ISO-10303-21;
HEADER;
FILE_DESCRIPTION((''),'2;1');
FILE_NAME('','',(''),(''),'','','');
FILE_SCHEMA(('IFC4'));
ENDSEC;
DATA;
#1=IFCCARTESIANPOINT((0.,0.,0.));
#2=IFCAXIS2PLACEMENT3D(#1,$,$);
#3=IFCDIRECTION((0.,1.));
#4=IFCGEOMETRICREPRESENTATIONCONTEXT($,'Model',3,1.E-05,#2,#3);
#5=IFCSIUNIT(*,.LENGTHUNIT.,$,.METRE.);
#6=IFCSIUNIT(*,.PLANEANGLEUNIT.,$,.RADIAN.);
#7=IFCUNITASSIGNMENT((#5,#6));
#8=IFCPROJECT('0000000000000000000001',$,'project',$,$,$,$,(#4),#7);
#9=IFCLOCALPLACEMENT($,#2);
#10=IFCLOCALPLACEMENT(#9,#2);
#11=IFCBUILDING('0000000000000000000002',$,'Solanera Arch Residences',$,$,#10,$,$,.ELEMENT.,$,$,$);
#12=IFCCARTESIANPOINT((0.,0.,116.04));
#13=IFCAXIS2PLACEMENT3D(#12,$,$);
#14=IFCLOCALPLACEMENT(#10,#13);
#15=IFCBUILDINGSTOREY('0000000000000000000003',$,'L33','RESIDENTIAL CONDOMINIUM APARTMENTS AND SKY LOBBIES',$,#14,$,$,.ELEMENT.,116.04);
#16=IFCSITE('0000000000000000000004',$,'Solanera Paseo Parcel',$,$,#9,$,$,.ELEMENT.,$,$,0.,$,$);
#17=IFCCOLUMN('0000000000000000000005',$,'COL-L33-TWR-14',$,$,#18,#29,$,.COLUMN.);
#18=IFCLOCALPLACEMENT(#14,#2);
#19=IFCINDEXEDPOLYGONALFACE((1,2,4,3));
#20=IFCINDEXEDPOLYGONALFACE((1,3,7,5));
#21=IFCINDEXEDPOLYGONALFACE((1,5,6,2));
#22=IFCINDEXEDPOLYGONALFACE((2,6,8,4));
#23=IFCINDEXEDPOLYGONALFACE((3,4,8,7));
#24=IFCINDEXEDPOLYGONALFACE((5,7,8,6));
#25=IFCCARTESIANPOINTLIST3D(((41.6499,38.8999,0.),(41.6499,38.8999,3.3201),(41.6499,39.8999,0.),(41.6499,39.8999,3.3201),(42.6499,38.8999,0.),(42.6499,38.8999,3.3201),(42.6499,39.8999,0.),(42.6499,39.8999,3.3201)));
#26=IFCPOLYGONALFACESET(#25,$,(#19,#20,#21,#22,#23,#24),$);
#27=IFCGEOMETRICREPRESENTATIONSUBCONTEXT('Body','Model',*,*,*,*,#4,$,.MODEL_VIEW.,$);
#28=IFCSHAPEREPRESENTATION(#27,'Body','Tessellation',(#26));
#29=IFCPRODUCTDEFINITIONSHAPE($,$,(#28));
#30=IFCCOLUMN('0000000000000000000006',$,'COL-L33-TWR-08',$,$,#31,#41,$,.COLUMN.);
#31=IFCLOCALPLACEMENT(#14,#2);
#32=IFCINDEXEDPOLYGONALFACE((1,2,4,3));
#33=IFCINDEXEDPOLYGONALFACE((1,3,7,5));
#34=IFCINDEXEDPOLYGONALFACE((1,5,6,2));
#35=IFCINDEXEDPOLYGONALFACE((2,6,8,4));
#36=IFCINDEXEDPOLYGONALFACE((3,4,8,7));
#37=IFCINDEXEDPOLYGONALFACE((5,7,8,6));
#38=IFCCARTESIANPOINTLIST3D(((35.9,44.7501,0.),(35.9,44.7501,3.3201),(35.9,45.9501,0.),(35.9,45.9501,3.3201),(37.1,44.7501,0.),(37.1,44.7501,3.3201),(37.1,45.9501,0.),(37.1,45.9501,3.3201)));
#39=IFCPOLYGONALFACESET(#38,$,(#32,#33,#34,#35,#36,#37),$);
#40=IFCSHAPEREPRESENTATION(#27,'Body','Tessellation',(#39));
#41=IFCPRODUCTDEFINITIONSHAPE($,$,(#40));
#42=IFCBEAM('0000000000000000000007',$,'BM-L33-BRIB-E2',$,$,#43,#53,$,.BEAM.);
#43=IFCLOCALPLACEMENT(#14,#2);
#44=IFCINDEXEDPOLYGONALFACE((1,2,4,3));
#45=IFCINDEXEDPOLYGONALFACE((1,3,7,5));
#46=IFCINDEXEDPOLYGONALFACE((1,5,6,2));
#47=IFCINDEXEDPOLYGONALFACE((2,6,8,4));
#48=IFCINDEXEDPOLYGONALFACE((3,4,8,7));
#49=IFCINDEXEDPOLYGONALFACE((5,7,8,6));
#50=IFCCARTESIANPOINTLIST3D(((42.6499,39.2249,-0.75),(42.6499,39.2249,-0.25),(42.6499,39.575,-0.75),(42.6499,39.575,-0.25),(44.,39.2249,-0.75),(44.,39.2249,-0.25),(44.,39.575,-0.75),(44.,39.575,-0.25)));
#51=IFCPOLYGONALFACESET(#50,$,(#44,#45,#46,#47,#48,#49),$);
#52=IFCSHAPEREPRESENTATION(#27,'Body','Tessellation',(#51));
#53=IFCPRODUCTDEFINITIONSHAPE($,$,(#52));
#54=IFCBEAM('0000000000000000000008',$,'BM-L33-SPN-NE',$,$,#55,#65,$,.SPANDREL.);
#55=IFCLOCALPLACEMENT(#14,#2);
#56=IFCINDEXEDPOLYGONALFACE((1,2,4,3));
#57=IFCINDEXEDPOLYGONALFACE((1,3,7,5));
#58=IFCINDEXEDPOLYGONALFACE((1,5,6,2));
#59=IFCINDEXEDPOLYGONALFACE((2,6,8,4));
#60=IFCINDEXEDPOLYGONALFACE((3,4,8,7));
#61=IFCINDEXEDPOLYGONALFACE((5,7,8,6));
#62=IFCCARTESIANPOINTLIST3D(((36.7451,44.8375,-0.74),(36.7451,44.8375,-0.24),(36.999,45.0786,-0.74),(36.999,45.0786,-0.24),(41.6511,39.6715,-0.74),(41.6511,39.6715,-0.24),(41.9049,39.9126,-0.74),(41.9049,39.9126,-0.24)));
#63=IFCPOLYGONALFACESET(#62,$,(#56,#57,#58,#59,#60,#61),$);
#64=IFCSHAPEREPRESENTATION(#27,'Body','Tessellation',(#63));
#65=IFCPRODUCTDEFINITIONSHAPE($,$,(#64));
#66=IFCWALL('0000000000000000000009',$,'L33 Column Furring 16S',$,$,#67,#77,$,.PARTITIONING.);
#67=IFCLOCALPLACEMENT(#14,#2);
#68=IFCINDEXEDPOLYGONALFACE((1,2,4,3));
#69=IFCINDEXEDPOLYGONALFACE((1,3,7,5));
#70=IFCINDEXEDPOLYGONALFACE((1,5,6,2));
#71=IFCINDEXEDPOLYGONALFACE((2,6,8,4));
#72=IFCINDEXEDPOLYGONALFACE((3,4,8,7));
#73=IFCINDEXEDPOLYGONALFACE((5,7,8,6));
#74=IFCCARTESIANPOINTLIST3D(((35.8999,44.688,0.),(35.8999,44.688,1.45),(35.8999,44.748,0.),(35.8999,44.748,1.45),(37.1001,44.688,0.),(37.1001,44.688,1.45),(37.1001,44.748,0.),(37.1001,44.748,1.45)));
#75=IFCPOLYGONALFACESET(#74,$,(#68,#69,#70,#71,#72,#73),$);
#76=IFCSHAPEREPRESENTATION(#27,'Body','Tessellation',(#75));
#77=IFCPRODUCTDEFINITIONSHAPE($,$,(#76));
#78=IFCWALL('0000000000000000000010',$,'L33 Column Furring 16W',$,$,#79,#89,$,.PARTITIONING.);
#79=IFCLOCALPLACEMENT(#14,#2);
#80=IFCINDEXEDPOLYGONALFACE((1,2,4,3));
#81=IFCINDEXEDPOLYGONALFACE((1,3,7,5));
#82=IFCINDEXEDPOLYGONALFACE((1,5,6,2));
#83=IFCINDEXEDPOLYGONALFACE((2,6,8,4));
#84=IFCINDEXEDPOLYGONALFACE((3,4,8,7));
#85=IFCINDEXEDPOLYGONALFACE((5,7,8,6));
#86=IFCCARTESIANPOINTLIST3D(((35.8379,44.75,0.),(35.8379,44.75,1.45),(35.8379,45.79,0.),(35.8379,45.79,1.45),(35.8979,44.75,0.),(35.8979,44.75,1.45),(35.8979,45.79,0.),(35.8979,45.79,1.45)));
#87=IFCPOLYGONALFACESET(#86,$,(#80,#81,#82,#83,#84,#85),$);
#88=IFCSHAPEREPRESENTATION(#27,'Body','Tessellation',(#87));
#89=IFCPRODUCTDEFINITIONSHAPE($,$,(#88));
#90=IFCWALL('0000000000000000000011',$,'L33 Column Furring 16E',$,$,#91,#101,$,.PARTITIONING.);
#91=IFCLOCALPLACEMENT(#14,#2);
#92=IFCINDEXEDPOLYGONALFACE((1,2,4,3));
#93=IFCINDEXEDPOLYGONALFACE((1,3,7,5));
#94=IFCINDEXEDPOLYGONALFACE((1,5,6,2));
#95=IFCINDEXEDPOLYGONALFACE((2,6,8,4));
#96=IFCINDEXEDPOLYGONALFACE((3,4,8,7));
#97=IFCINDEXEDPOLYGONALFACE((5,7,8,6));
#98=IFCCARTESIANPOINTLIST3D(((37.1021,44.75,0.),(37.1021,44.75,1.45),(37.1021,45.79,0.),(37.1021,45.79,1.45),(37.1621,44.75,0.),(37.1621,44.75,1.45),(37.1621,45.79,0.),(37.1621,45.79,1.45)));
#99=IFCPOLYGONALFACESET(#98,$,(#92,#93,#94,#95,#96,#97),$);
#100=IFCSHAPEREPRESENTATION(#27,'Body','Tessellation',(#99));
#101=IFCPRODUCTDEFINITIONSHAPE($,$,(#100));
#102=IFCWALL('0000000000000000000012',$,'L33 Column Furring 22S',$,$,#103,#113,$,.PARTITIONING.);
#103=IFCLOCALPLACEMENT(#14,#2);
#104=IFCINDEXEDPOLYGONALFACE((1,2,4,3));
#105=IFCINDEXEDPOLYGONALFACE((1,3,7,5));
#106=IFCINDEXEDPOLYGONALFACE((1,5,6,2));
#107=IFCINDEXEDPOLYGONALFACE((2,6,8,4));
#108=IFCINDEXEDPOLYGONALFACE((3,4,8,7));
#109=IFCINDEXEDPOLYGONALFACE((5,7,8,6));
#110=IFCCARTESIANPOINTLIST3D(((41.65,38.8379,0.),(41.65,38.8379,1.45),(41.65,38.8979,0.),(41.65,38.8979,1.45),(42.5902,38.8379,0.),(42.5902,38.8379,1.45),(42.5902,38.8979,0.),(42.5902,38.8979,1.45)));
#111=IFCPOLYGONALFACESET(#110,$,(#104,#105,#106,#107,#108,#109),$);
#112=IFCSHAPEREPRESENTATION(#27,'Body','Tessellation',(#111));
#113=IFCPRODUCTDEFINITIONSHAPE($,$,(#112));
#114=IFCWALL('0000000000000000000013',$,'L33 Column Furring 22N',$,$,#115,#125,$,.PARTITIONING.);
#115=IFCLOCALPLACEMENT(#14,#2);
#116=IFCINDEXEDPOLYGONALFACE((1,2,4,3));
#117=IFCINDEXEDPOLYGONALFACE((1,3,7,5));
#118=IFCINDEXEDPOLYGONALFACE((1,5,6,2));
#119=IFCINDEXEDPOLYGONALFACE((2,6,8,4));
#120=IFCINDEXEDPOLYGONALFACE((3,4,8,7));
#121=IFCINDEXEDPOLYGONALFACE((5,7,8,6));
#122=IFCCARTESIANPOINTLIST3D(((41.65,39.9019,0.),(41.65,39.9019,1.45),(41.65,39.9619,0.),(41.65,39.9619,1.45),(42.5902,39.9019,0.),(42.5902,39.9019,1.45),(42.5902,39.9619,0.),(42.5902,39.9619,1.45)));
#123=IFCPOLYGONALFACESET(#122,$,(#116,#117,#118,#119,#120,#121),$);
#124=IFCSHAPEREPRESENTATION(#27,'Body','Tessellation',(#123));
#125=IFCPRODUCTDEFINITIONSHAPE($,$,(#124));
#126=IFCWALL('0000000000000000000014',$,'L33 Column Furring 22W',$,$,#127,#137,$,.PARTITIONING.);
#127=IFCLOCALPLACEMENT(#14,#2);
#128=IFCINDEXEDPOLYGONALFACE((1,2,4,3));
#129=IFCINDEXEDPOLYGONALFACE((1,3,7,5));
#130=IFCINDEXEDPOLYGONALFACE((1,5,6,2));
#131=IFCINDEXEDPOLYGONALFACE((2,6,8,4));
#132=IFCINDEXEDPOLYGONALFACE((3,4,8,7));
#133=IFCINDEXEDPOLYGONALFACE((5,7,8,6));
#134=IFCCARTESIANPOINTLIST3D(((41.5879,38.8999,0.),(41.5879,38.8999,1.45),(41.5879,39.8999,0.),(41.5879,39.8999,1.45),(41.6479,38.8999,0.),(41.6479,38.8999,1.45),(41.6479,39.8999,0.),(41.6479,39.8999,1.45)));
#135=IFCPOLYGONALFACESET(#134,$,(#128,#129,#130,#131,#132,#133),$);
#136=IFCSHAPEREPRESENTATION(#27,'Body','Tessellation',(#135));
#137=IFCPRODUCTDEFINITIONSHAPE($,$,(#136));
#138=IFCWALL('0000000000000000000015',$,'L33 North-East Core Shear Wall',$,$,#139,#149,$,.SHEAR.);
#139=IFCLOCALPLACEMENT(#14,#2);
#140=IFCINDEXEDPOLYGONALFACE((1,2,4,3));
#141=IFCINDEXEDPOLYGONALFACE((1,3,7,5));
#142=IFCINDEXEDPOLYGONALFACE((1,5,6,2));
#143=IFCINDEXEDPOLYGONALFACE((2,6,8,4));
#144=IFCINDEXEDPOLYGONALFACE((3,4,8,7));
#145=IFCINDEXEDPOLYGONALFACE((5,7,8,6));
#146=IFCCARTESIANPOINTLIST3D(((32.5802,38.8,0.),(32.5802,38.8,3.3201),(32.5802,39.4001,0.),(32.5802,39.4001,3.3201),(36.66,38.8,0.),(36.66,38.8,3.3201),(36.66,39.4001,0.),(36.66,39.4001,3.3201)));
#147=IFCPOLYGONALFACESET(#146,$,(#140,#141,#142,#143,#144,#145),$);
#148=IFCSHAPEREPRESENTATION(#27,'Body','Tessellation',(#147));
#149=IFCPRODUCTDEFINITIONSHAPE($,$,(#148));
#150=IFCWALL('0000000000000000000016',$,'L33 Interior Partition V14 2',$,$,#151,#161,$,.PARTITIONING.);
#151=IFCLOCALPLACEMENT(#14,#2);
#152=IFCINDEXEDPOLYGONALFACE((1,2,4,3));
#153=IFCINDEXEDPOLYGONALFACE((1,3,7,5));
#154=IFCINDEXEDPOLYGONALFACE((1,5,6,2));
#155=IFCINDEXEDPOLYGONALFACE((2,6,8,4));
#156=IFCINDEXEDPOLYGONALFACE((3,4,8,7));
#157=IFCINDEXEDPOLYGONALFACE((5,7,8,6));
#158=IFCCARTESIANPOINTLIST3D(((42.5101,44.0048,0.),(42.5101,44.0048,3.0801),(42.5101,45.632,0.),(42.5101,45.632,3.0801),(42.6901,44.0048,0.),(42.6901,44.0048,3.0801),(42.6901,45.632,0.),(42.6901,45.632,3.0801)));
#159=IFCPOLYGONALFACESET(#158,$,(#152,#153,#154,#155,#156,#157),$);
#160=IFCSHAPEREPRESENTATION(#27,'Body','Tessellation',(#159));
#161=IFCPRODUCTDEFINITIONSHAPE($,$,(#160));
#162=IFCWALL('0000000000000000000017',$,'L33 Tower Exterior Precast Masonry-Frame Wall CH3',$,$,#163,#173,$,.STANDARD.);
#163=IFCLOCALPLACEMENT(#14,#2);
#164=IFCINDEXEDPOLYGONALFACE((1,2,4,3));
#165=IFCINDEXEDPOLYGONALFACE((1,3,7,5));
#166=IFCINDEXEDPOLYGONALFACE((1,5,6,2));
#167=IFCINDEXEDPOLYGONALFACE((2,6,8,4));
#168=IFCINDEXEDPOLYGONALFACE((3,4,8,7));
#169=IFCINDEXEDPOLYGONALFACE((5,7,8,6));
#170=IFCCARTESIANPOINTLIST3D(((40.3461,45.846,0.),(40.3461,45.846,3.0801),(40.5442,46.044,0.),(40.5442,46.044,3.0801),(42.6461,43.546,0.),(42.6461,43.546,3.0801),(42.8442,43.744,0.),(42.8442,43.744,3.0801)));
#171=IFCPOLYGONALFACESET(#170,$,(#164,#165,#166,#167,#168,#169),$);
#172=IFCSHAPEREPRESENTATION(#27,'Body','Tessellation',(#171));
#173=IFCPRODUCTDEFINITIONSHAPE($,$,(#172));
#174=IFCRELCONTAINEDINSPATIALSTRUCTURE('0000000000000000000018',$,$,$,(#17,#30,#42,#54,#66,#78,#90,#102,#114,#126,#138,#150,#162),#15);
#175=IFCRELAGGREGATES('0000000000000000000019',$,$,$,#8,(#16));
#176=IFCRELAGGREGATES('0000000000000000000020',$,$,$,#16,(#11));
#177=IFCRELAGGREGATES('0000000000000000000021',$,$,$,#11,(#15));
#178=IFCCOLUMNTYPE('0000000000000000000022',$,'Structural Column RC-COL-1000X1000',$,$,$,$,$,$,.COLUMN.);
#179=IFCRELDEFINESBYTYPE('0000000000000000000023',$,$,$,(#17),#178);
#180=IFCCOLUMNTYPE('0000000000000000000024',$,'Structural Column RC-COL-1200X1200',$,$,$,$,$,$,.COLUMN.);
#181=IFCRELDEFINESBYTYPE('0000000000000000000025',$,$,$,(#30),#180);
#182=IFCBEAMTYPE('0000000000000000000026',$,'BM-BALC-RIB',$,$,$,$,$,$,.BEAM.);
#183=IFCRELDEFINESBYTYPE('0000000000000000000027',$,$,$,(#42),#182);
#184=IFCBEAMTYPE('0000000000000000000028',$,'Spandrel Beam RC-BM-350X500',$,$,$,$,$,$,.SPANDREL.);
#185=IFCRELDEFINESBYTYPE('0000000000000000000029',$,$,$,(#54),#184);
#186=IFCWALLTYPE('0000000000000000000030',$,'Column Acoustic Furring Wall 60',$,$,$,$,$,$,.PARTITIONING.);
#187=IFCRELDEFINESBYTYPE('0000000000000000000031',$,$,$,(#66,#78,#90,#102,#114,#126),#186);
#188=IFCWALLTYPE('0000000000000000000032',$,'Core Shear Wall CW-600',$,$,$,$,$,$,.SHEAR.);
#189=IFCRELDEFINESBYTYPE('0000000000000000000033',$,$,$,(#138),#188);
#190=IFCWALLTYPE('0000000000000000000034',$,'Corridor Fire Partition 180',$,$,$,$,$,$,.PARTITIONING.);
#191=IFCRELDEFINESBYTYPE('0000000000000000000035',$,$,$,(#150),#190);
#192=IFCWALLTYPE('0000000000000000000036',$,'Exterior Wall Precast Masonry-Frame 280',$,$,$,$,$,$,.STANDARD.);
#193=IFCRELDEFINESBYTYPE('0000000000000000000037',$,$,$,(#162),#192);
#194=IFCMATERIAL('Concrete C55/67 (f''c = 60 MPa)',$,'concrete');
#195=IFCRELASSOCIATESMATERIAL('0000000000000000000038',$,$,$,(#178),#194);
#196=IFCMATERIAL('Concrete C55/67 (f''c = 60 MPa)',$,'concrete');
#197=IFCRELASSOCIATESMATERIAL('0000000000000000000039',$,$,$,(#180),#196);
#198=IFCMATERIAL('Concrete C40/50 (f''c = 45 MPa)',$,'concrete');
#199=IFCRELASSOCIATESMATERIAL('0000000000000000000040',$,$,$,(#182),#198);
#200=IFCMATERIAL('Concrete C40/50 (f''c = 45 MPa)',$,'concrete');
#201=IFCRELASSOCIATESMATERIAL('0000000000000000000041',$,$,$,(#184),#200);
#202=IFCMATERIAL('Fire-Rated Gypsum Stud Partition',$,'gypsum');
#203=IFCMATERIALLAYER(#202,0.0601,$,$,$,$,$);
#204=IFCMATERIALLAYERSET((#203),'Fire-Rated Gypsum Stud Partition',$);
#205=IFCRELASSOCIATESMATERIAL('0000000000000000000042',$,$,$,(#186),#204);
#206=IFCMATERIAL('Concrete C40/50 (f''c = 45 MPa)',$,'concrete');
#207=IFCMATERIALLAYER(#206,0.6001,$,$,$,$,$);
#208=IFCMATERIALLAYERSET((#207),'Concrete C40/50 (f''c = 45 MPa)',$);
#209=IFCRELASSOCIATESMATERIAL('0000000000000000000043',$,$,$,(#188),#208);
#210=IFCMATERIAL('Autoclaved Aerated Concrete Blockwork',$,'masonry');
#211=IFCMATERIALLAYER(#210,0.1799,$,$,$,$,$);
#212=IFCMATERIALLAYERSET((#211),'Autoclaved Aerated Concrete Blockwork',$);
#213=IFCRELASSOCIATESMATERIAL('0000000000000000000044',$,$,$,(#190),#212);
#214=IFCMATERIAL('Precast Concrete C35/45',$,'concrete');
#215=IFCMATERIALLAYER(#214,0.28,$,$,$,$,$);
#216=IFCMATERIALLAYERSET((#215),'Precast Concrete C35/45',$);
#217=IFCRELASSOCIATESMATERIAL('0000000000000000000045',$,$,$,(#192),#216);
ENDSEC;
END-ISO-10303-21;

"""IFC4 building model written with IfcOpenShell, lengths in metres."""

from ifc_helpers import new_model, si_unit, direction, frame, frame_2d, origin, origin_2d, place, context, subcontext, project, spatial, rectangle, extrude, material, layer, layer_set, material_profile, profile_set, type_object, element, save


model = new_model("IFC4")

# Units and contexts
model_context = context("Model", 3, precision=1e-05, world=origin(), true_north=direction((0.0, 1.0)))
body_context = subcontext(model_context, "Body", "Model", "MODEL_VIEW")
ifc_project = project(units=[si_unit("LENGTHUNIT", "METRE"), si_unit("PLANEANGLEUNIT", "RADIAN")], contexts=[model_context])

# Site, building, storey
site_placement = place(None, origin())
site = spatial("IfcSite", under=ifc_project, at=site_placement, Name="Solanera Paseo Parcel", CompositionType="ELEMENT", RefElevation=0.0)
building_placement = place(site_placement, origin())
building = spatial("IfcBuilding", under=site, at=building_placement, Name="Solanera Arch Residences", CompositionType="ELEMENT")
storey_placement = place(building_placement, frame((0.0, 0.0, 116.04)))
storey = spatial("IfcBuildingStorey", under=building, at=storey_placement, Name="L33", Description="RESIDENTIAL CONDOMINIUM APARTMENTS AND SKY LOBBIES", CompositionType="ELEMENT", Elevation=116.04)

# Columns
ifc_material_1 = material(Name="Concrete C55/67 (f'c = 60 MPa)", Category="concrete")
ifc_material_profile_1 = material_profile(ifc_material_1, rectangle(XDim=1.0, YDim=1.0, at=origin_2d()))
ifc_profile_set_1 = profile_set([ifc_material_profile_1], Name="Concrete C55/67 (f'c = 60 MPa)")
column_type_1 = type_object("IfcColumnType", Name="Structural Column RC-COL-1000X1000", PredefinedType="COLUMN", material=ifc_profile_set_1)
column_1_placement = place(storey_placement, frame((42.1499, 39.3999, 0.0), z_axis=(0.0, 0.0, 1.0), x_axis=(1.0, 0.0, 0.0)))
element("IfcColumn", 1, at=column_1_placement, inside=storey, type_object=column_type_1, Name="COL-L33-TWR-14", PredefinedType="COLUMN", context=body_context, shape_type="SweptSolid", body=[
    extrude(rectangle(XDim=1.0, YDim=1.0, at=origin_2d()), origin(), (0.0, 0.0, 1.0), 3.3201),
])
ifc_material_2 = material(Name="Concrete C55/67 (f'c = 60 MPa)", Category="concrete")
ifc_material_profile_2 = material_profile(ifc_material_2, rectangle(XDim=1.2, YDim=1.2, at=origin_2d()))
ifc_profile_set_2 = profile_set([ifc_material_profile_2], Name="Concrete C55/67 (f'c = 60 MPa)")
column_type_2 = type_object("IfcColumnType", Name="Structural Column RC-COL-1200X1200", PredefinedType="COLUMN", material=ifc_profile_set_2)
column_2_placement = place(storey_placement, frame((36.5, 45.3501, 0.0), z_axis=(0.0, 0.0, 1.0), x_axis=(1.0, 0.0, 0.0)))
element("IfcColumn", 2, at=column_2_placement, inside=storey, type_object=column_type_2, Name="COL-L33-TWR-08", PredefinedType="COLUMN", context=body_context, shape_type="SweptSolid", body=[
    extrude(rectangle(XDim=1.2, YDim=1.2, at=origin_2d()), origin(), (0.0, 0.0, 1.0), 3.3201),
])

# Beams
ifc_material_3 = material(Name="Concrete C40/50 (f'c = 45 MPa)", Category="concrete")
ifc_material_profile_3 = material_profile(ifc_material_3, rectangle(XDim=0.3501, YDim=0.5, at=origin_2d()))
ifc_profile_set_3 = profile_set([ifc_material_profile_3], Name="Concrete C40/50 (f'c = 45 MPa)")
beam_type_1 = type_object("IfcBeamType", Name="BM-BALC-RIB", PredefinedType="BEAM", material=ifc_profile_set_3)
beam_1_placement = place(storey_placement, frame((42.6499, 39.3999, -0.5), z_axis=(1.0, 0.0, 0.0), x_axis=(0.0, 1.0, 0.0)))
element("IfcBeam", 3, at=beam_1_placement, inside=storey, type_object=beam_type_1, Name="BM-L33-BRIB-E2", PredefinedType="BEAM", context=body_context, shape_type="SweptSolid", body=[
    extrude(rectangle(XDim=0.3501, YDim=0.5, at=origin_2d()), origin(), (0.0, 0.0, 1.0), 1.3501),
])
ifc_material_4 = material(Name="Concrete C40/50 (f'c = 45 MPa)", Category="concrete")
ifc_material_profile_4 = material_profile(ifc_material_4, rectangle(XDim=0.3501, YDim=0.5, at=origin_2d()))
ifc_profile_set_4 = profile_set([ifc_material_profile_4], Name="Concrete C40/50 (f'c = 45 MPa)")
beam_type_2 = type_object("IfcBeamType", Name="Spandrel Beam RC-BM-350X500", PredefinedType="SPANDREL", material=ifc_profile_set_4)
beam_2_placement = place(storey_placement, frame((36.8721, 44.958, -0.49), z_axis=(0.688623, -0.725119, 0.0), x_axis=(0.725119, 0.688623, 0.0)))
element("IfcBeam", 4, at=beam_2_placement, inside=storey, type_object=beam_type_2, Name="BM-L33-SPN-NE", PredefinedType="SPANDREL", context=body_context, shape_type="SweptSolid", body=[
    extrude(rectangle(XDim=0.3501, YDim=0.5, at=origin_2d()), origin(), (0.0, 0.0, 1.0), 7.1243),
])

# Walls
ifc_material_5 = material(Name="Fire-Rated Gypsum Stud Partition", Category="gypsum")
ifc_layer_1 = layer(ifc_material_5, 0.0601)
ifc_layer_set_1 = layer_set([ifc_layer_1], Name="Fire-Rated Gypsum Stud Partition")
wall_type_1 = type_object("IfcWallType", Name="Column Acoustic Furring Wall 60", PredefinedType="PARTITIONING", material=ifc_layer_set_1)
wall_1_placement = place(storey_placement, frame((35.8999, 44.718, 0.0), z_axis=(0.0, 0.0, 1.0), x_axis=(1.0, 0.0, 0.0)))
element("IfcWall", 5, at=wall_1_placement, inside=storey, type_object=wall_type_1, Name="L33 Column Furring 16S", PredefinedType="PARTITIONING", context=body_context, shape_type="SweptSolid", body=[
    extrude(rectangle(XDim=1.2002, YDim=0.0601, at=frame_2d((0.6001, 0.0))), origin(), (0.0, 0.0, 1.0), 1.45),
])
for number, where, z_axis, x_axis, name in (
    (6, (35.8679, 44.75, 0.0), (0.0, 0.0, 1.0), (0.0, 1.0, 0.0), "L33 Column Furring 16W"),
    (7, (37.1321, 44.75, 0.0), (0.0, 0.0, 1.0), (0.0, 1.0, 0.0), "L33 Column Furring 16E"),
):
    element("IfcWall", number, at=place(storey_placement, frame(where, z_axis=z_axis, x_axis=x_axis)), inside=storey, type_object=wall_type_1, Name=name, PredefinedType="PARTITIONING", context=body_context, shape_type="SweptSolid", body=[
        extrude(rectangle(XDim=1.04, YDim=0.0601, at=frame_2d((0.52, 0.0))), origin(), (0.0, 0.0, 1.0), 1.45),
    ])
for number, where, z_axis, x_axis, name in (
    (8, (41.6499, 38.8679, 0.0), (0.0, 0.0, 1.0), (1.0, 0.0, 0.0), "L33 Column Furring 22S"),
    (9, (41.6499, 39.9319, 0.0), (0.0, 0.0, 1.0), (1.0, 0.0, 0.0), "L33 Column Furring 22N"),
):
    element("IfcWall", number, at=place(storey_placement, frame(where, z_axis=z_axis, x_axis=x_axis)), inside=storey, type_object=wall_type_1, Name=name, PredefinedType="PARTITIONING", context=body_context, shape_type="SweptSolid", body=[
        extrude(rectangle(XDim=0.9402, YDim=0.0601, at=frame_2d((0.4702, 0.0))), origin(), (0.0, 0.0, 1.0), 1.45),
    ])
wall_2_placement = place(storey_placement, frame((41.6179, 38.8999, 0.0), z_axis=(0.0, 0.0, 1.0), x_axis=(0.0, 1.0, 0.0)))
element("IfcWall", 10, at=wall_2_placement, inside=storey, type_object=wall_type_1, Name="L33 Column Furring 22W", PredefinedType="PARTITIONING", context=body_context, shape_type="SweptSolid", body=[
    extrude(rectangle(XDim=1.0, YDim=0.0601, at=frame_2d((0.5, 0.0))), origin(), (0.0, 0.0, 1.0), 1.45),
])
ifc_material_6 = material(Name="Concrete C40/50 (f'c = 45 MPa)", Category="concrete")
ifc_layer_2 = layer(ifc_material_6, 0.6001)
ifc_layer_set_2 = layer_set([ifc_layer_2], Name="Concrete C40/50 (f'c = 45 MPa)")
wall_type_2 = type_object("IfcWallType", Name="Core Shear Wall CW-600", PredefinedType="SHEAR", material=ifc_layer_set_2)
wall_3_placement = place(storey_placement, frame((32.5801, 39.1001, 0.0), z_axis=(0.0, 0.0, 1.0), x_axis=(1.0, 0.0, 0.0)))
element("IfcWall", 11, at=wall_3_placement, inside=storey, type_object=wall_type_2, Name="L33 North-East Core Shear Wall", PredefinedType="SHEAR", context=body_context, shape_type="SweptSolid", body=[
    extrude(rectangle(XDim=4.0798, YDim=0.6001, at=frame_2d((2.04, 0.0))), origin(), (0.0, 0.0, 1.0), 3.3201),
])
ifc_material_7 = material(Name="Autoclaved Aerated Concrete Blockwork", Category="masonry")
ifc_layer_3 = layer(ifc_material_7, 0.1799)
ifc_layer_set_3 = layer_set([ifc_layer_3], Name="Autoclaved Aerated Concrete Blockwork")
wall_type_3 = type_object("IfcWallType", Name="Corridor Fire Partition 180", PredefinedType="PARTITIONING", material=ifc_layer_set_3)
wall_4_placement = place(storey_placement, frame((42.6001, 44.0049, 0.0), z_axis=(0.0, 0.0, 1.0), x_axis=(0.0, 1.0, 0.0)))
element("IfcWall", 12, at=wall_4_placement, inside=storey, type_object=wall_type_3, Name="L33 Interior Partition V14 2", PredefinedType="PARTITIONING", context=body_context, shape_type="SweptSolid", body=[
    extrude(rectangle(XDim=1.6272, YDim=0.1799, at=frame_2d((0.8135, 0.0))), origin(), (0.0, 0.0, 1.0), 3.0801),
])
ifc_material_8 = material(Name="Precast Concrete C35/45", Category="concrete")
ifc_layer_4 = layer(ifc_material_8, 0.28)
ifc_layer_set_4 = layer_set([ifc_layer_4], Name="Precast Concrete C35/45")
wall_type_4 = type_object("IfcWallType", Name="Exterior Wall Precast Masonry-Frame 280", PredefinedType="STANDARD", material=ifc_layer_set_4)
wall_5_placement = place(storey_placement, frame((40.4451, 45.9451, 0.0), z_axis=(0.0, 0.0, 1.0), x_axis=(0.707107, -0.707107, 0.0)))
element("IfcWall", 13, at=wall_5_placement, inside=storey, type_object=wall_type_4, Name="L33 Tower Exterior Precast Masonry-Frame Wall CH3", PredefinedType="STANDARD", context=body_context, shape_type="SweptSolid", body=[
    extrude(rectangle(XDim=3.2527, YDim=0.28, at=frame_2d((1.6265, 0.0))), origin(), (0.0, 0.0, 1.0), 3.0801),
])

save(model, "model.ifc")
